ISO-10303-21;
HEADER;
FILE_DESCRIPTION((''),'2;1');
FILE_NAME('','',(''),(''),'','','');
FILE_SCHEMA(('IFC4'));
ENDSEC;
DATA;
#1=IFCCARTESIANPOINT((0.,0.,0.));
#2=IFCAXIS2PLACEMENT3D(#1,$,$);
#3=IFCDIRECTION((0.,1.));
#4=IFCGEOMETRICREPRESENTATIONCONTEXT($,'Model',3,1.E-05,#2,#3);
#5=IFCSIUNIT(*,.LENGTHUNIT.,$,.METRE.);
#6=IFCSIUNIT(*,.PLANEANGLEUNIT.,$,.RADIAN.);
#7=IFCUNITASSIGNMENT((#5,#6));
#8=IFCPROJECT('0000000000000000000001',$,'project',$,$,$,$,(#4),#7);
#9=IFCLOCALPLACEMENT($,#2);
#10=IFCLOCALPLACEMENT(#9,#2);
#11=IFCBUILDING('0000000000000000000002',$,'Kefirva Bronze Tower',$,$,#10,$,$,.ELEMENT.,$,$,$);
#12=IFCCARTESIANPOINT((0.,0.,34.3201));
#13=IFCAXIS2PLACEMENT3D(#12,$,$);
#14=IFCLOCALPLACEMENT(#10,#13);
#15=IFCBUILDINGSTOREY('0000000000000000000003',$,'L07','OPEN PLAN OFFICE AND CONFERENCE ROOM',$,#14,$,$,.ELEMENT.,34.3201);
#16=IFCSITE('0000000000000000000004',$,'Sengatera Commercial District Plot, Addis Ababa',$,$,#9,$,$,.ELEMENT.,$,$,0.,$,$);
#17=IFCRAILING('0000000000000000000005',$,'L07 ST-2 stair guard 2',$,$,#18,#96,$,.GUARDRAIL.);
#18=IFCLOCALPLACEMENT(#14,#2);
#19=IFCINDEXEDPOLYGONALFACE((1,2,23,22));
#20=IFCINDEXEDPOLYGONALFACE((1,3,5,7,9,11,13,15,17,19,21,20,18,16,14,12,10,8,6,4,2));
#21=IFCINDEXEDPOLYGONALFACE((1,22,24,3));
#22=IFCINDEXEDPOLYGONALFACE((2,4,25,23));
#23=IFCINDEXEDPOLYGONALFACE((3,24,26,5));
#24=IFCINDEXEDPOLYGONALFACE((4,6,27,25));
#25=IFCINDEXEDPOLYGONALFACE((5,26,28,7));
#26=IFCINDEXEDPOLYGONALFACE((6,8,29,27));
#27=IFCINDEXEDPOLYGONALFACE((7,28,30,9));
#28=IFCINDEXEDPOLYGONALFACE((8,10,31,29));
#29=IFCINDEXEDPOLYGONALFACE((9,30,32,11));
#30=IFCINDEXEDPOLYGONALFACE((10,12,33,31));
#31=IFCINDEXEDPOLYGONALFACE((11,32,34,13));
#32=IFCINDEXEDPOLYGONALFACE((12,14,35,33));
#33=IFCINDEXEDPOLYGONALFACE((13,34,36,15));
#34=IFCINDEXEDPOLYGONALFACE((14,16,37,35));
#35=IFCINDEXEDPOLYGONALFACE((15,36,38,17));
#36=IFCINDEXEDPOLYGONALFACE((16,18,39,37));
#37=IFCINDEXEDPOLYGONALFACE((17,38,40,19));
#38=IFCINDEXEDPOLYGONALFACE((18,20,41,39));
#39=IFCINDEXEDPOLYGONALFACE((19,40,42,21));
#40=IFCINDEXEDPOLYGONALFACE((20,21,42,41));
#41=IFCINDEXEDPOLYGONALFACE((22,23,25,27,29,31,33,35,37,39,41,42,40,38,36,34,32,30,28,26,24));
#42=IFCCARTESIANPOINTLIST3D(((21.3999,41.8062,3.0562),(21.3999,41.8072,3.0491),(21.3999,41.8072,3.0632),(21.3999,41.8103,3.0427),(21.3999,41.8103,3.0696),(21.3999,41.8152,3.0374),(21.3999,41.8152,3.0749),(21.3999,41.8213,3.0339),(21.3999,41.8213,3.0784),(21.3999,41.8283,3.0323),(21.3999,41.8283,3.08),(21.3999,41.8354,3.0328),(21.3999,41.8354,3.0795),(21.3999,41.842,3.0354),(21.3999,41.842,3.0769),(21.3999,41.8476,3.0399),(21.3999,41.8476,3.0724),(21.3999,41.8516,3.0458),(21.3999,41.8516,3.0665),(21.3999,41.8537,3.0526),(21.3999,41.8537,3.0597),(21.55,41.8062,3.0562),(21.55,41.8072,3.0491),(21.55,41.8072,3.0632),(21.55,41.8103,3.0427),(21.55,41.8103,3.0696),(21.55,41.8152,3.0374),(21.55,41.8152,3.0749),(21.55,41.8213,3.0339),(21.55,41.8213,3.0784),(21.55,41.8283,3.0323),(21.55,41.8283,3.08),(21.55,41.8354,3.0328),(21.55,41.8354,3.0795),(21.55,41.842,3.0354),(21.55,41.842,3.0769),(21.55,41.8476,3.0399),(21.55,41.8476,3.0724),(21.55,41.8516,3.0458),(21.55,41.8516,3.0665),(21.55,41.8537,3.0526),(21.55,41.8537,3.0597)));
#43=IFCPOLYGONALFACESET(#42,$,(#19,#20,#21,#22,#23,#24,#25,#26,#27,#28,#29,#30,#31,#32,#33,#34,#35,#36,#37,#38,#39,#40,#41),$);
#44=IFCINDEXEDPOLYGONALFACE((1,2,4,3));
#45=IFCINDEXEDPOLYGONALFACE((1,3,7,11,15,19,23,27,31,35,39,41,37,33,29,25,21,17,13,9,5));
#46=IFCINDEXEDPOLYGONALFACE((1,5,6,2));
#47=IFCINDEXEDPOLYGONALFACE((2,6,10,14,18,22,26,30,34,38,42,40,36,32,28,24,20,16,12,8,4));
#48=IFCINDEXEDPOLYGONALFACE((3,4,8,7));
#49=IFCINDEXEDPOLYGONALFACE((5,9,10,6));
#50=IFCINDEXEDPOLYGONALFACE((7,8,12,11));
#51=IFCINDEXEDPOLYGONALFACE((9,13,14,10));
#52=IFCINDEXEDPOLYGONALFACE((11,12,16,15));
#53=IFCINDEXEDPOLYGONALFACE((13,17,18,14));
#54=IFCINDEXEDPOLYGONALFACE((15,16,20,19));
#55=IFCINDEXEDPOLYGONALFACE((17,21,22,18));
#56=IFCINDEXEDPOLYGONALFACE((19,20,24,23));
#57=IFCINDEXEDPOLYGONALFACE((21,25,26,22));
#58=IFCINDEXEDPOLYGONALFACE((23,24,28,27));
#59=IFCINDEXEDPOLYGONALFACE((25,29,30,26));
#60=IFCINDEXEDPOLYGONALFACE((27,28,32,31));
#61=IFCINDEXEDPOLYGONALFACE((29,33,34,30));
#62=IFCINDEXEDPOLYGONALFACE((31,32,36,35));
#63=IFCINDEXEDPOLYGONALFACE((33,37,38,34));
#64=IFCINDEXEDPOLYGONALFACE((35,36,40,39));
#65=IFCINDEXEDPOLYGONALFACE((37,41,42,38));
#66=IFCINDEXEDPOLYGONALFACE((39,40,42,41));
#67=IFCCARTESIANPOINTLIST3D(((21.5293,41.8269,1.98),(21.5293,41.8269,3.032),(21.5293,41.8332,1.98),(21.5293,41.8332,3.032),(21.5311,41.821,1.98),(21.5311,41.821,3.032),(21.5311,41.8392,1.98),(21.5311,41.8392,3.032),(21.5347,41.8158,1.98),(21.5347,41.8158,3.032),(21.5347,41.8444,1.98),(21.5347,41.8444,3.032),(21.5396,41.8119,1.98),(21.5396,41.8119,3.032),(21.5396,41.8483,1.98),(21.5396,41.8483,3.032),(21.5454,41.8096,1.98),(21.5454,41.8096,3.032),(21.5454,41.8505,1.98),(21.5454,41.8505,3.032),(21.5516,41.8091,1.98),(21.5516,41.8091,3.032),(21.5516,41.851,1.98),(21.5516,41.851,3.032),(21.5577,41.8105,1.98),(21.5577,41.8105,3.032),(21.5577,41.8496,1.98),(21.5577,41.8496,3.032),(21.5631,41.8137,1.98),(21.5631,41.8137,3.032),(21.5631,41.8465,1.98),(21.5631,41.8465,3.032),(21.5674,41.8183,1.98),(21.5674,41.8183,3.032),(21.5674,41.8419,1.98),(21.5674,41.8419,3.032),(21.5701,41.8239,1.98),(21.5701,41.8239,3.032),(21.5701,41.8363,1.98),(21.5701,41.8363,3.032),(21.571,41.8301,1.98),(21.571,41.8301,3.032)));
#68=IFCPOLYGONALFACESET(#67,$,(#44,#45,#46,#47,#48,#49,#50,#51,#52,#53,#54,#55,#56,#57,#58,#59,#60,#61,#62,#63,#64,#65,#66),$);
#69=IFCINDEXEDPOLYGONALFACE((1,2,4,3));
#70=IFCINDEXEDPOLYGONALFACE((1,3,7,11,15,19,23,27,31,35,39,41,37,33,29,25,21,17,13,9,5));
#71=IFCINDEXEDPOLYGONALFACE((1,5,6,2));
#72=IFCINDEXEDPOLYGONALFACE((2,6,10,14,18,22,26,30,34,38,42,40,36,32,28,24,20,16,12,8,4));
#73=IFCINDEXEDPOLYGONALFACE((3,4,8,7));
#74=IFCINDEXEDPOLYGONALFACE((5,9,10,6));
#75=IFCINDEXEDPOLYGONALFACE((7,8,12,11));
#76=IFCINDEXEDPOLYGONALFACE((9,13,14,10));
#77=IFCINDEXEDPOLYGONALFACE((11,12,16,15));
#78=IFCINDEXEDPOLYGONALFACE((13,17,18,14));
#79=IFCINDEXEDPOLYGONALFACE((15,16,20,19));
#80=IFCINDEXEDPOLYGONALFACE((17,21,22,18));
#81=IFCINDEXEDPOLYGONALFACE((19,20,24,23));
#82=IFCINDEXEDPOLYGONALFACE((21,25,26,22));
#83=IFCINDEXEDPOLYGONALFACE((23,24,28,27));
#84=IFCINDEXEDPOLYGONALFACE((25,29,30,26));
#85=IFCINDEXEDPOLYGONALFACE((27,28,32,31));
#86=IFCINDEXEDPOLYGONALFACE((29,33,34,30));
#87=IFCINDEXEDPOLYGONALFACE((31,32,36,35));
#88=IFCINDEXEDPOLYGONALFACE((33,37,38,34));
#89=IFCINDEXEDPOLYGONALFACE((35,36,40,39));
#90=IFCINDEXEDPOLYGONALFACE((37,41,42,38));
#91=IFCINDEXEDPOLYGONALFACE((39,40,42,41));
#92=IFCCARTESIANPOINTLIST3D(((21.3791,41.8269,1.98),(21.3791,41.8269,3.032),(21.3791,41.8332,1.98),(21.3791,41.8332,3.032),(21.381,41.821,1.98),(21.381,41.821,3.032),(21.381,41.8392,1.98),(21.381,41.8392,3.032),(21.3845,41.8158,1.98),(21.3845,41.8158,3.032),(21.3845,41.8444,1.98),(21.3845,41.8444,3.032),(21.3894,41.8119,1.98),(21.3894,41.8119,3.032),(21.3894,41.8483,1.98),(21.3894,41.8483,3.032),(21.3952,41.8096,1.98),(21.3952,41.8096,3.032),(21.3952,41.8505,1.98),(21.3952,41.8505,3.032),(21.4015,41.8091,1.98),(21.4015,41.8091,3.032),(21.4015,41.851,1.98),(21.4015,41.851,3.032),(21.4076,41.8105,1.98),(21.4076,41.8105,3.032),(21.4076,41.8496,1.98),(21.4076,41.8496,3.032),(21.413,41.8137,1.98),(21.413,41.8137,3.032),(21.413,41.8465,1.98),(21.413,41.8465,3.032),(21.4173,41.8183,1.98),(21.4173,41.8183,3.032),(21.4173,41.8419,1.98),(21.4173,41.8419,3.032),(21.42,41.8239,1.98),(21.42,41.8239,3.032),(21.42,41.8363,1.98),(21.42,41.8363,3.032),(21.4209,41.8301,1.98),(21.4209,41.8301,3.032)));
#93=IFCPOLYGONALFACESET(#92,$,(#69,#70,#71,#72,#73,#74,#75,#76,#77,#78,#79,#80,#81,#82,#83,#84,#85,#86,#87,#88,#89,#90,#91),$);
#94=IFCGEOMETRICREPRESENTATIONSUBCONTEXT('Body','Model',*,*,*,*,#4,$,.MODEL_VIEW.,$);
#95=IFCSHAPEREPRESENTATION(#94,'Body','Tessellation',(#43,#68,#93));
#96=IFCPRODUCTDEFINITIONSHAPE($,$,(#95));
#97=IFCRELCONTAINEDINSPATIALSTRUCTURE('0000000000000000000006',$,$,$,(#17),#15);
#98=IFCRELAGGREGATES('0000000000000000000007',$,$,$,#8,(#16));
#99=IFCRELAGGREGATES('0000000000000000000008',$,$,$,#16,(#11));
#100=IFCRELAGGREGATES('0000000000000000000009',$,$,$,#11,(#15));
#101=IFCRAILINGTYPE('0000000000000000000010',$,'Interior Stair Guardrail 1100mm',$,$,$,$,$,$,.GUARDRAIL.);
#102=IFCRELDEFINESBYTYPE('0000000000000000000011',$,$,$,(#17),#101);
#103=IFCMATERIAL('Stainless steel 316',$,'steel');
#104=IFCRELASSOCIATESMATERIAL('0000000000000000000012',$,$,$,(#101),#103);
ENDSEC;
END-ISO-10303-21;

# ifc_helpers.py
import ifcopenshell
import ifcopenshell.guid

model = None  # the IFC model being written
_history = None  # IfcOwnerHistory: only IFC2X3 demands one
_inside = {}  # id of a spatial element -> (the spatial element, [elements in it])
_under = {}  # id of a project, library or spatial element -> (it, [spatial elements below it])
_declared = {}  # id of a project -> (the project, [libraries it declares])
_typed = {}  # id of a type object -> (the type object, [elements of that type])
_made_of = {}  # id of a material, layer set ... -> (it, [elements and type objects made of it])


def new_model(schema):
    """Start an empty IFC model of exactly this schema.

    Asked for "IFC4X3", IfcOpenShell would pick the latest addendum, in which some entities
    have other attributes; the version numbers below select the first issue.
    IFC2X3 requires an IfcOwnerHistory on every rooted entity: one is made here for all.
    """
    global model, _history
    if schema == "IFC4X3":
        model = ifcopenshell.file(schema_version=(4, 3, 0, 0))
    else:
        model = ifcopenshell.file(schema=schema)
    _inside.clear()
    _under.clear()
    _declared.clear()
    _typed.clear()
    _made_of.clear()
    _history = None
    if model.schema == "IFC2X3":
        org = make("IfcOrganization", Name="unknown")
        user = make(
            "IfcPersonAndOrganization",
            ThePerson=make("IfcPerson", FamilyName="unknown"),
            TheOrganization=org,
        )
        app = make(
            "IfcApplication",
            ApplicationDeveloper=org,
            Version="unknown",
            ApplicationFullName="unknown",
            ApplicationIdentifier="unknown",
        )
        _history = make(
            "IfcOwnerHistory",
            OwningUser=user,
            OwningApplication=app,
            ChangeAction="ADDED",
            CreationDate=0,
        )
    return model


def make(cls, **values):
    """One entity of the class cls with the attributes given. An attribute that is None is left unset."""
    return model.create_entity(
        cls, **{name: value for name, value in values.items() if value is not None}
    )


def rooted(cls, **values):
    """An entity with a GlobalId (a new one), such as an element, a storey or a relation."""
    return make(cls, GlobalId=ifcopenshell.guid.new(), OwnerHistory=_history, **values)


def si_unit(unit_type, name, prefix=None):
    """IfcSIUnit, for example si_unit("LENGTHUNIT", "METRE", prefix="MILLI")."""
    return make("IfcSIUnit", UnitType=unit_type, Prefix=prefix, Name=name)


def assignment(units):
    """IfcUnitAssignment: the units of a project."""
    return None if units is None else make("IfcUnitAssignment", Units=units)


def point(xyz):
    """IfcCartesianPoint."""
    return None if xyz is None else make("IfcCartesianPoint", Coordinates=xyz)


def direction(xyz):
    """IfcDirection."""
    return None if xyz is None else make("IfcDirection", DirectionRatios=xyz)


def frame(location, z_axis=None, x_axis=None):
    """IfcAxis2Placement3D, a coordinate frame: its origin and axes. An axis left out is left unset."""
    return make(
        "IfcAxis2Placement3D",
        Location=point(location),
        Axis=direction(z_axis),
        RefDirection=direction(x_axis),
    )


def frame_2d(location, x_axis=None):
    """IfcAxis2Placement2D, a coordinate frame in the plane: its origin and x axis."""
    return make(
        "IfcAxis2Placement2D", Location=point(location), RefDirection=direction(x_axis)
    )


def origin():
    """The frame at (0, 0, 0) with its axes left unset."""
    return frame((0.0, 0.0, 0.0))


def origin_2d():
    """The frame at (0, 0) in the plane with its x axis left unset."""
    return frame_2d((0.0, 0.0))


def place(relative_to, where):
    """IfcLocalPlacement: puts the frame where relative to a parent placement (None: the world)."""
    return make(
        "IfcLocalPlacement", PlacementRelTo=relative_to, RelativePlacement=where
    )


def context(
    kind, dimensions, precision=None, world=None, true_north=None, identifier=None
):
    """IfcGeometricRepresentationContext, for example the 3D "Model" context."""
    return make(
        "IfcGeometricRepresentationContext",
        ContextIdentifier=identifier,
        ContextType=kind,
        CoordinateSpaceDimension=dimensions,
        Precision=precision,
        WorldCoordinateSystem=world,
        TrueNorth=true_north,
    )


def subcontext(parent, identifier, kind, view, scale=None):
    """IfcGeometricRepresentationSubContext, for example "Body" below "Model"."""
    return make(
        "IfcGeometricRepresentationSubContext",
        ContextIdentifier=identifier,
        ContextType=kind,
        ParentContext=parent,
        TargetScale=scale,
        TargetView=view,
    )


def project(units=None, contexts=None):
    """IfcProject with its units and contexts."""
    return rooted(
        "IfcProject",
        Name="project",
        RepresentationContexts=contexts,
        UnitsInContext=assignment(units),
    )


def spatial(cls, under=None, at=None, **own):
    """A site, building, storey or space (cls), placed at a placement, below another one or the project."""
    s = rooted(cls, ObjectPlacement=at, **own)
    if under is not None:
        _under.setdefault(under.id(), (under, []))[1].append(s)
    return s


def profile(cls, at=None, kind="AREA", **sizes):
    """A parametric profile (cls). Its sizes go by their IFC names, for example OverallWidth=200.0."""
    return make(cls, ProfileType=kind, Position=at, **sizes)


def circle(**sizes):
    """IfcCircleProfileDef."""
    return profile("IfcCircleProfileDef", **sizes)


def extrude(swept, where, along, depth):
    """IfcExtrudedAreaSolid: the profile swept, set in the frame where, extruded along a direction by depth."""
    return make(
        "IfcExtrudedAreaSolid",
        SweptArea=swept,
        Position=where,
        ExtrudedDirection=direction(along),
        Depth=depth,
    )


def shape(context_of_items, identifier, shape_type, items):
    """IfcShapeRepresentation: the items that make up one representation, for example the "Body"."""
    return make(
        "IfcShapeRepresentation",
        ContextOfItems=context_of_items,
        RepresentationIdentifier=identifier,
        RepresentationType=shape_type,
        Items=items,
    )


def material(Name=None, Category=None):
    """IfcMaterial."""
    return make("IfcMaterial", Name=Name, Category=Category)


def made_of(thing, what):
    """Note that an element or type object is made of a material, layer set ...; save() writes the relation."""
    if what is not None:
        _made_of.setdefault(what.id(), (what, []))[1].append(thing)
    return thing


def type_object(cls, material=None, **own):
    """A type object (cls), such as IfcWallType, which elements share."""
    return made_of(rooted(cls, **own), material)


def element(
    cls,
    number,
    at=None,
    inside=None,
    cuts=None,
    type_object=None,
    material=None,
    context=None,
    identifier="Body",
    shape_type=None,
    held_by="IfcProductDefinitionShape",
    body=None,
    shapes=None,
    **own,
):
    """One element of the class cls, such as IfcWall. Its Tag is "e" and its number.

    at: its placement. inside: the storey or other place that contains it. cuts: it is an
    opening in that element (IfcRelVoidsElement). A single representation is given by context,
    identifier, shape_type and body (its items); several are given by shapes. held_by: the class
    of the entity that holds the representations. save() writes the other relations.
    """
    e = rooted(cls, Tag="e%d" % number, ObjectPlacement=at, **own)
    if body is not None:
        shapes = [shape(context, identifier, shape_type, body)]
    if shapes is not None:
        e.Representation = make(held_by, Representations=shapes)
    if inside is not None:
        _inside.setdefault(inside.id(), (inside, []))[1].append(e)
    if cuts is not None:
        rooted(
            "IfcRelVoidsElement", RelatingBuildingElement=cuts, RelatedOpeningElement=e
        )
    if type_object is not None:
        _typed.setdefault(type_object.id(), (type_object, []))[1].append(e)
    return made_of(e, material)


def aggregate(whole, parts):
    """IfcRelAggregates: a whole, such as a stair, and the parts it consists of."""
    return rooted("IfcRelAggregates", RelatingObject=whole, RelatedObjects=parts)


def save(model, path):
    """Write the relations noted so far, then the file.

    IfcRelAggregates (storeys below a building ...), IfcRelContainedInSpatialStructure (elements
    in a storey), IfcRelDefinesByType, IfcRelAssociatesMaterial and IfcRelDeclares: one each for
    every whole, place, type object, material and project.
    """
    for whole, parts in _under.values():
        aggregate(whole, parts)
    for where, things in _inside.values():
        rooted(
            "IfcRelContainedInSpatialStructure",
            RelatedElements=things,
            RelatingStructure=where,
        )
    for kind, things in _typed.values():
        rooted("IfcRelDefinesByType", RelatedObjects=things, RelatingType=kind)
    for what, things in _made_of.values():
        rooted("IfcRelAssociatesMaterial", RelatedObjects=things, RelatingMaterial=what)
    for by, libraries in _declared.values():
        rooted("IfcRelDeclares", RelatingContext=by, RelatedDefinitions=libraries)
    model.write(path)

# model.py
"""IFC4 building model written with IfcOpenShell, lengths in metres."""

from ifc_helpers import new_model, si_unit, direction, frame, origin, origin_2d, place, context, subcontext, project, spatial, circle, extrude, material, type_object, element, save


model = new_model("IFC4")

# Units and contexts
model_context = context("Model", 3, precision=1e-05, world=origin(), true_north=direction((0.0, 1.0)))
body_context = subcontext(model_context, "Body", "Model", "MODEL_VIEW")
ifc_project = project(units=[si_unit("LENGTHUNIT", "METRE"), si_unit("PLANEANGLEUNIT", "RADIAN")], contexts=[model_context])

# Site, building, storey
site_placement = place(None, origin())
site = spatial("IfcSite", under=ifc_project, at=site_placement, Name="Sengatera Commercial District Plot, Addis Ababa", CompositionType="ELEMENT", RefElevation=0.0)
building_placement = place(site_placement, origin())
building = spatial("IfcBuilding", under=site, at=building_placement, Name="Kefirva Bronze Tower", CompositionType="ELEMENT")
storey_placement = place(building_placement, frame((0.0, 0.0, 34.3201)))
storey = spatial("IfcBuildingStorey", under=building, at=storey_placement, Name="L07", Description="OPEN PLAN OFFICE AND CONFERENCE ROOM", CompositionType="ELEMENT", Elevation=34.3201)

# Railing
ifc_material_1 = material(Name="Stainless steel 316", Category="steel")
railing_type_1 = type_object("IfcRailingType", Name="Interior Stair Guardrail 1100mm", PredefinedType="GUARDRAIL", material=ifc_material_1)
railing_1_placement = place(storey_placement, frame((21.55, 41.8301, 1.98)))
element("IfcRailing", 1, at=railing_1_placement, inside=storey, type_object=railing_type_1, Name="L07 ST-2 stair guard 2", PredefinedType="GUARDRAIL", context=body_context, shape_type="SweptSolid", body=[
    extrude(circle(Radius=0.0239, at=origin_2d()), frame((0.0, 0.0, 1.0762), z_axis=(-1.0, 0.0, 0.0), x_axis=(0.0, -1.0, 0.0)), (0.0, 0.0, 1.0), 0.1501),
    extrude(circle(Radius=0.021, at=origin_2d()), origin(), (0.0, 0.0, 1.0), 1.052),
    extrude(circle(Radius=0.021, at=origin_2d()), frame((-0.1501, 0.0, 0.0)), (0.0, 0.0, 1.0), 1.052),
])

save(model, "model.ifc")
